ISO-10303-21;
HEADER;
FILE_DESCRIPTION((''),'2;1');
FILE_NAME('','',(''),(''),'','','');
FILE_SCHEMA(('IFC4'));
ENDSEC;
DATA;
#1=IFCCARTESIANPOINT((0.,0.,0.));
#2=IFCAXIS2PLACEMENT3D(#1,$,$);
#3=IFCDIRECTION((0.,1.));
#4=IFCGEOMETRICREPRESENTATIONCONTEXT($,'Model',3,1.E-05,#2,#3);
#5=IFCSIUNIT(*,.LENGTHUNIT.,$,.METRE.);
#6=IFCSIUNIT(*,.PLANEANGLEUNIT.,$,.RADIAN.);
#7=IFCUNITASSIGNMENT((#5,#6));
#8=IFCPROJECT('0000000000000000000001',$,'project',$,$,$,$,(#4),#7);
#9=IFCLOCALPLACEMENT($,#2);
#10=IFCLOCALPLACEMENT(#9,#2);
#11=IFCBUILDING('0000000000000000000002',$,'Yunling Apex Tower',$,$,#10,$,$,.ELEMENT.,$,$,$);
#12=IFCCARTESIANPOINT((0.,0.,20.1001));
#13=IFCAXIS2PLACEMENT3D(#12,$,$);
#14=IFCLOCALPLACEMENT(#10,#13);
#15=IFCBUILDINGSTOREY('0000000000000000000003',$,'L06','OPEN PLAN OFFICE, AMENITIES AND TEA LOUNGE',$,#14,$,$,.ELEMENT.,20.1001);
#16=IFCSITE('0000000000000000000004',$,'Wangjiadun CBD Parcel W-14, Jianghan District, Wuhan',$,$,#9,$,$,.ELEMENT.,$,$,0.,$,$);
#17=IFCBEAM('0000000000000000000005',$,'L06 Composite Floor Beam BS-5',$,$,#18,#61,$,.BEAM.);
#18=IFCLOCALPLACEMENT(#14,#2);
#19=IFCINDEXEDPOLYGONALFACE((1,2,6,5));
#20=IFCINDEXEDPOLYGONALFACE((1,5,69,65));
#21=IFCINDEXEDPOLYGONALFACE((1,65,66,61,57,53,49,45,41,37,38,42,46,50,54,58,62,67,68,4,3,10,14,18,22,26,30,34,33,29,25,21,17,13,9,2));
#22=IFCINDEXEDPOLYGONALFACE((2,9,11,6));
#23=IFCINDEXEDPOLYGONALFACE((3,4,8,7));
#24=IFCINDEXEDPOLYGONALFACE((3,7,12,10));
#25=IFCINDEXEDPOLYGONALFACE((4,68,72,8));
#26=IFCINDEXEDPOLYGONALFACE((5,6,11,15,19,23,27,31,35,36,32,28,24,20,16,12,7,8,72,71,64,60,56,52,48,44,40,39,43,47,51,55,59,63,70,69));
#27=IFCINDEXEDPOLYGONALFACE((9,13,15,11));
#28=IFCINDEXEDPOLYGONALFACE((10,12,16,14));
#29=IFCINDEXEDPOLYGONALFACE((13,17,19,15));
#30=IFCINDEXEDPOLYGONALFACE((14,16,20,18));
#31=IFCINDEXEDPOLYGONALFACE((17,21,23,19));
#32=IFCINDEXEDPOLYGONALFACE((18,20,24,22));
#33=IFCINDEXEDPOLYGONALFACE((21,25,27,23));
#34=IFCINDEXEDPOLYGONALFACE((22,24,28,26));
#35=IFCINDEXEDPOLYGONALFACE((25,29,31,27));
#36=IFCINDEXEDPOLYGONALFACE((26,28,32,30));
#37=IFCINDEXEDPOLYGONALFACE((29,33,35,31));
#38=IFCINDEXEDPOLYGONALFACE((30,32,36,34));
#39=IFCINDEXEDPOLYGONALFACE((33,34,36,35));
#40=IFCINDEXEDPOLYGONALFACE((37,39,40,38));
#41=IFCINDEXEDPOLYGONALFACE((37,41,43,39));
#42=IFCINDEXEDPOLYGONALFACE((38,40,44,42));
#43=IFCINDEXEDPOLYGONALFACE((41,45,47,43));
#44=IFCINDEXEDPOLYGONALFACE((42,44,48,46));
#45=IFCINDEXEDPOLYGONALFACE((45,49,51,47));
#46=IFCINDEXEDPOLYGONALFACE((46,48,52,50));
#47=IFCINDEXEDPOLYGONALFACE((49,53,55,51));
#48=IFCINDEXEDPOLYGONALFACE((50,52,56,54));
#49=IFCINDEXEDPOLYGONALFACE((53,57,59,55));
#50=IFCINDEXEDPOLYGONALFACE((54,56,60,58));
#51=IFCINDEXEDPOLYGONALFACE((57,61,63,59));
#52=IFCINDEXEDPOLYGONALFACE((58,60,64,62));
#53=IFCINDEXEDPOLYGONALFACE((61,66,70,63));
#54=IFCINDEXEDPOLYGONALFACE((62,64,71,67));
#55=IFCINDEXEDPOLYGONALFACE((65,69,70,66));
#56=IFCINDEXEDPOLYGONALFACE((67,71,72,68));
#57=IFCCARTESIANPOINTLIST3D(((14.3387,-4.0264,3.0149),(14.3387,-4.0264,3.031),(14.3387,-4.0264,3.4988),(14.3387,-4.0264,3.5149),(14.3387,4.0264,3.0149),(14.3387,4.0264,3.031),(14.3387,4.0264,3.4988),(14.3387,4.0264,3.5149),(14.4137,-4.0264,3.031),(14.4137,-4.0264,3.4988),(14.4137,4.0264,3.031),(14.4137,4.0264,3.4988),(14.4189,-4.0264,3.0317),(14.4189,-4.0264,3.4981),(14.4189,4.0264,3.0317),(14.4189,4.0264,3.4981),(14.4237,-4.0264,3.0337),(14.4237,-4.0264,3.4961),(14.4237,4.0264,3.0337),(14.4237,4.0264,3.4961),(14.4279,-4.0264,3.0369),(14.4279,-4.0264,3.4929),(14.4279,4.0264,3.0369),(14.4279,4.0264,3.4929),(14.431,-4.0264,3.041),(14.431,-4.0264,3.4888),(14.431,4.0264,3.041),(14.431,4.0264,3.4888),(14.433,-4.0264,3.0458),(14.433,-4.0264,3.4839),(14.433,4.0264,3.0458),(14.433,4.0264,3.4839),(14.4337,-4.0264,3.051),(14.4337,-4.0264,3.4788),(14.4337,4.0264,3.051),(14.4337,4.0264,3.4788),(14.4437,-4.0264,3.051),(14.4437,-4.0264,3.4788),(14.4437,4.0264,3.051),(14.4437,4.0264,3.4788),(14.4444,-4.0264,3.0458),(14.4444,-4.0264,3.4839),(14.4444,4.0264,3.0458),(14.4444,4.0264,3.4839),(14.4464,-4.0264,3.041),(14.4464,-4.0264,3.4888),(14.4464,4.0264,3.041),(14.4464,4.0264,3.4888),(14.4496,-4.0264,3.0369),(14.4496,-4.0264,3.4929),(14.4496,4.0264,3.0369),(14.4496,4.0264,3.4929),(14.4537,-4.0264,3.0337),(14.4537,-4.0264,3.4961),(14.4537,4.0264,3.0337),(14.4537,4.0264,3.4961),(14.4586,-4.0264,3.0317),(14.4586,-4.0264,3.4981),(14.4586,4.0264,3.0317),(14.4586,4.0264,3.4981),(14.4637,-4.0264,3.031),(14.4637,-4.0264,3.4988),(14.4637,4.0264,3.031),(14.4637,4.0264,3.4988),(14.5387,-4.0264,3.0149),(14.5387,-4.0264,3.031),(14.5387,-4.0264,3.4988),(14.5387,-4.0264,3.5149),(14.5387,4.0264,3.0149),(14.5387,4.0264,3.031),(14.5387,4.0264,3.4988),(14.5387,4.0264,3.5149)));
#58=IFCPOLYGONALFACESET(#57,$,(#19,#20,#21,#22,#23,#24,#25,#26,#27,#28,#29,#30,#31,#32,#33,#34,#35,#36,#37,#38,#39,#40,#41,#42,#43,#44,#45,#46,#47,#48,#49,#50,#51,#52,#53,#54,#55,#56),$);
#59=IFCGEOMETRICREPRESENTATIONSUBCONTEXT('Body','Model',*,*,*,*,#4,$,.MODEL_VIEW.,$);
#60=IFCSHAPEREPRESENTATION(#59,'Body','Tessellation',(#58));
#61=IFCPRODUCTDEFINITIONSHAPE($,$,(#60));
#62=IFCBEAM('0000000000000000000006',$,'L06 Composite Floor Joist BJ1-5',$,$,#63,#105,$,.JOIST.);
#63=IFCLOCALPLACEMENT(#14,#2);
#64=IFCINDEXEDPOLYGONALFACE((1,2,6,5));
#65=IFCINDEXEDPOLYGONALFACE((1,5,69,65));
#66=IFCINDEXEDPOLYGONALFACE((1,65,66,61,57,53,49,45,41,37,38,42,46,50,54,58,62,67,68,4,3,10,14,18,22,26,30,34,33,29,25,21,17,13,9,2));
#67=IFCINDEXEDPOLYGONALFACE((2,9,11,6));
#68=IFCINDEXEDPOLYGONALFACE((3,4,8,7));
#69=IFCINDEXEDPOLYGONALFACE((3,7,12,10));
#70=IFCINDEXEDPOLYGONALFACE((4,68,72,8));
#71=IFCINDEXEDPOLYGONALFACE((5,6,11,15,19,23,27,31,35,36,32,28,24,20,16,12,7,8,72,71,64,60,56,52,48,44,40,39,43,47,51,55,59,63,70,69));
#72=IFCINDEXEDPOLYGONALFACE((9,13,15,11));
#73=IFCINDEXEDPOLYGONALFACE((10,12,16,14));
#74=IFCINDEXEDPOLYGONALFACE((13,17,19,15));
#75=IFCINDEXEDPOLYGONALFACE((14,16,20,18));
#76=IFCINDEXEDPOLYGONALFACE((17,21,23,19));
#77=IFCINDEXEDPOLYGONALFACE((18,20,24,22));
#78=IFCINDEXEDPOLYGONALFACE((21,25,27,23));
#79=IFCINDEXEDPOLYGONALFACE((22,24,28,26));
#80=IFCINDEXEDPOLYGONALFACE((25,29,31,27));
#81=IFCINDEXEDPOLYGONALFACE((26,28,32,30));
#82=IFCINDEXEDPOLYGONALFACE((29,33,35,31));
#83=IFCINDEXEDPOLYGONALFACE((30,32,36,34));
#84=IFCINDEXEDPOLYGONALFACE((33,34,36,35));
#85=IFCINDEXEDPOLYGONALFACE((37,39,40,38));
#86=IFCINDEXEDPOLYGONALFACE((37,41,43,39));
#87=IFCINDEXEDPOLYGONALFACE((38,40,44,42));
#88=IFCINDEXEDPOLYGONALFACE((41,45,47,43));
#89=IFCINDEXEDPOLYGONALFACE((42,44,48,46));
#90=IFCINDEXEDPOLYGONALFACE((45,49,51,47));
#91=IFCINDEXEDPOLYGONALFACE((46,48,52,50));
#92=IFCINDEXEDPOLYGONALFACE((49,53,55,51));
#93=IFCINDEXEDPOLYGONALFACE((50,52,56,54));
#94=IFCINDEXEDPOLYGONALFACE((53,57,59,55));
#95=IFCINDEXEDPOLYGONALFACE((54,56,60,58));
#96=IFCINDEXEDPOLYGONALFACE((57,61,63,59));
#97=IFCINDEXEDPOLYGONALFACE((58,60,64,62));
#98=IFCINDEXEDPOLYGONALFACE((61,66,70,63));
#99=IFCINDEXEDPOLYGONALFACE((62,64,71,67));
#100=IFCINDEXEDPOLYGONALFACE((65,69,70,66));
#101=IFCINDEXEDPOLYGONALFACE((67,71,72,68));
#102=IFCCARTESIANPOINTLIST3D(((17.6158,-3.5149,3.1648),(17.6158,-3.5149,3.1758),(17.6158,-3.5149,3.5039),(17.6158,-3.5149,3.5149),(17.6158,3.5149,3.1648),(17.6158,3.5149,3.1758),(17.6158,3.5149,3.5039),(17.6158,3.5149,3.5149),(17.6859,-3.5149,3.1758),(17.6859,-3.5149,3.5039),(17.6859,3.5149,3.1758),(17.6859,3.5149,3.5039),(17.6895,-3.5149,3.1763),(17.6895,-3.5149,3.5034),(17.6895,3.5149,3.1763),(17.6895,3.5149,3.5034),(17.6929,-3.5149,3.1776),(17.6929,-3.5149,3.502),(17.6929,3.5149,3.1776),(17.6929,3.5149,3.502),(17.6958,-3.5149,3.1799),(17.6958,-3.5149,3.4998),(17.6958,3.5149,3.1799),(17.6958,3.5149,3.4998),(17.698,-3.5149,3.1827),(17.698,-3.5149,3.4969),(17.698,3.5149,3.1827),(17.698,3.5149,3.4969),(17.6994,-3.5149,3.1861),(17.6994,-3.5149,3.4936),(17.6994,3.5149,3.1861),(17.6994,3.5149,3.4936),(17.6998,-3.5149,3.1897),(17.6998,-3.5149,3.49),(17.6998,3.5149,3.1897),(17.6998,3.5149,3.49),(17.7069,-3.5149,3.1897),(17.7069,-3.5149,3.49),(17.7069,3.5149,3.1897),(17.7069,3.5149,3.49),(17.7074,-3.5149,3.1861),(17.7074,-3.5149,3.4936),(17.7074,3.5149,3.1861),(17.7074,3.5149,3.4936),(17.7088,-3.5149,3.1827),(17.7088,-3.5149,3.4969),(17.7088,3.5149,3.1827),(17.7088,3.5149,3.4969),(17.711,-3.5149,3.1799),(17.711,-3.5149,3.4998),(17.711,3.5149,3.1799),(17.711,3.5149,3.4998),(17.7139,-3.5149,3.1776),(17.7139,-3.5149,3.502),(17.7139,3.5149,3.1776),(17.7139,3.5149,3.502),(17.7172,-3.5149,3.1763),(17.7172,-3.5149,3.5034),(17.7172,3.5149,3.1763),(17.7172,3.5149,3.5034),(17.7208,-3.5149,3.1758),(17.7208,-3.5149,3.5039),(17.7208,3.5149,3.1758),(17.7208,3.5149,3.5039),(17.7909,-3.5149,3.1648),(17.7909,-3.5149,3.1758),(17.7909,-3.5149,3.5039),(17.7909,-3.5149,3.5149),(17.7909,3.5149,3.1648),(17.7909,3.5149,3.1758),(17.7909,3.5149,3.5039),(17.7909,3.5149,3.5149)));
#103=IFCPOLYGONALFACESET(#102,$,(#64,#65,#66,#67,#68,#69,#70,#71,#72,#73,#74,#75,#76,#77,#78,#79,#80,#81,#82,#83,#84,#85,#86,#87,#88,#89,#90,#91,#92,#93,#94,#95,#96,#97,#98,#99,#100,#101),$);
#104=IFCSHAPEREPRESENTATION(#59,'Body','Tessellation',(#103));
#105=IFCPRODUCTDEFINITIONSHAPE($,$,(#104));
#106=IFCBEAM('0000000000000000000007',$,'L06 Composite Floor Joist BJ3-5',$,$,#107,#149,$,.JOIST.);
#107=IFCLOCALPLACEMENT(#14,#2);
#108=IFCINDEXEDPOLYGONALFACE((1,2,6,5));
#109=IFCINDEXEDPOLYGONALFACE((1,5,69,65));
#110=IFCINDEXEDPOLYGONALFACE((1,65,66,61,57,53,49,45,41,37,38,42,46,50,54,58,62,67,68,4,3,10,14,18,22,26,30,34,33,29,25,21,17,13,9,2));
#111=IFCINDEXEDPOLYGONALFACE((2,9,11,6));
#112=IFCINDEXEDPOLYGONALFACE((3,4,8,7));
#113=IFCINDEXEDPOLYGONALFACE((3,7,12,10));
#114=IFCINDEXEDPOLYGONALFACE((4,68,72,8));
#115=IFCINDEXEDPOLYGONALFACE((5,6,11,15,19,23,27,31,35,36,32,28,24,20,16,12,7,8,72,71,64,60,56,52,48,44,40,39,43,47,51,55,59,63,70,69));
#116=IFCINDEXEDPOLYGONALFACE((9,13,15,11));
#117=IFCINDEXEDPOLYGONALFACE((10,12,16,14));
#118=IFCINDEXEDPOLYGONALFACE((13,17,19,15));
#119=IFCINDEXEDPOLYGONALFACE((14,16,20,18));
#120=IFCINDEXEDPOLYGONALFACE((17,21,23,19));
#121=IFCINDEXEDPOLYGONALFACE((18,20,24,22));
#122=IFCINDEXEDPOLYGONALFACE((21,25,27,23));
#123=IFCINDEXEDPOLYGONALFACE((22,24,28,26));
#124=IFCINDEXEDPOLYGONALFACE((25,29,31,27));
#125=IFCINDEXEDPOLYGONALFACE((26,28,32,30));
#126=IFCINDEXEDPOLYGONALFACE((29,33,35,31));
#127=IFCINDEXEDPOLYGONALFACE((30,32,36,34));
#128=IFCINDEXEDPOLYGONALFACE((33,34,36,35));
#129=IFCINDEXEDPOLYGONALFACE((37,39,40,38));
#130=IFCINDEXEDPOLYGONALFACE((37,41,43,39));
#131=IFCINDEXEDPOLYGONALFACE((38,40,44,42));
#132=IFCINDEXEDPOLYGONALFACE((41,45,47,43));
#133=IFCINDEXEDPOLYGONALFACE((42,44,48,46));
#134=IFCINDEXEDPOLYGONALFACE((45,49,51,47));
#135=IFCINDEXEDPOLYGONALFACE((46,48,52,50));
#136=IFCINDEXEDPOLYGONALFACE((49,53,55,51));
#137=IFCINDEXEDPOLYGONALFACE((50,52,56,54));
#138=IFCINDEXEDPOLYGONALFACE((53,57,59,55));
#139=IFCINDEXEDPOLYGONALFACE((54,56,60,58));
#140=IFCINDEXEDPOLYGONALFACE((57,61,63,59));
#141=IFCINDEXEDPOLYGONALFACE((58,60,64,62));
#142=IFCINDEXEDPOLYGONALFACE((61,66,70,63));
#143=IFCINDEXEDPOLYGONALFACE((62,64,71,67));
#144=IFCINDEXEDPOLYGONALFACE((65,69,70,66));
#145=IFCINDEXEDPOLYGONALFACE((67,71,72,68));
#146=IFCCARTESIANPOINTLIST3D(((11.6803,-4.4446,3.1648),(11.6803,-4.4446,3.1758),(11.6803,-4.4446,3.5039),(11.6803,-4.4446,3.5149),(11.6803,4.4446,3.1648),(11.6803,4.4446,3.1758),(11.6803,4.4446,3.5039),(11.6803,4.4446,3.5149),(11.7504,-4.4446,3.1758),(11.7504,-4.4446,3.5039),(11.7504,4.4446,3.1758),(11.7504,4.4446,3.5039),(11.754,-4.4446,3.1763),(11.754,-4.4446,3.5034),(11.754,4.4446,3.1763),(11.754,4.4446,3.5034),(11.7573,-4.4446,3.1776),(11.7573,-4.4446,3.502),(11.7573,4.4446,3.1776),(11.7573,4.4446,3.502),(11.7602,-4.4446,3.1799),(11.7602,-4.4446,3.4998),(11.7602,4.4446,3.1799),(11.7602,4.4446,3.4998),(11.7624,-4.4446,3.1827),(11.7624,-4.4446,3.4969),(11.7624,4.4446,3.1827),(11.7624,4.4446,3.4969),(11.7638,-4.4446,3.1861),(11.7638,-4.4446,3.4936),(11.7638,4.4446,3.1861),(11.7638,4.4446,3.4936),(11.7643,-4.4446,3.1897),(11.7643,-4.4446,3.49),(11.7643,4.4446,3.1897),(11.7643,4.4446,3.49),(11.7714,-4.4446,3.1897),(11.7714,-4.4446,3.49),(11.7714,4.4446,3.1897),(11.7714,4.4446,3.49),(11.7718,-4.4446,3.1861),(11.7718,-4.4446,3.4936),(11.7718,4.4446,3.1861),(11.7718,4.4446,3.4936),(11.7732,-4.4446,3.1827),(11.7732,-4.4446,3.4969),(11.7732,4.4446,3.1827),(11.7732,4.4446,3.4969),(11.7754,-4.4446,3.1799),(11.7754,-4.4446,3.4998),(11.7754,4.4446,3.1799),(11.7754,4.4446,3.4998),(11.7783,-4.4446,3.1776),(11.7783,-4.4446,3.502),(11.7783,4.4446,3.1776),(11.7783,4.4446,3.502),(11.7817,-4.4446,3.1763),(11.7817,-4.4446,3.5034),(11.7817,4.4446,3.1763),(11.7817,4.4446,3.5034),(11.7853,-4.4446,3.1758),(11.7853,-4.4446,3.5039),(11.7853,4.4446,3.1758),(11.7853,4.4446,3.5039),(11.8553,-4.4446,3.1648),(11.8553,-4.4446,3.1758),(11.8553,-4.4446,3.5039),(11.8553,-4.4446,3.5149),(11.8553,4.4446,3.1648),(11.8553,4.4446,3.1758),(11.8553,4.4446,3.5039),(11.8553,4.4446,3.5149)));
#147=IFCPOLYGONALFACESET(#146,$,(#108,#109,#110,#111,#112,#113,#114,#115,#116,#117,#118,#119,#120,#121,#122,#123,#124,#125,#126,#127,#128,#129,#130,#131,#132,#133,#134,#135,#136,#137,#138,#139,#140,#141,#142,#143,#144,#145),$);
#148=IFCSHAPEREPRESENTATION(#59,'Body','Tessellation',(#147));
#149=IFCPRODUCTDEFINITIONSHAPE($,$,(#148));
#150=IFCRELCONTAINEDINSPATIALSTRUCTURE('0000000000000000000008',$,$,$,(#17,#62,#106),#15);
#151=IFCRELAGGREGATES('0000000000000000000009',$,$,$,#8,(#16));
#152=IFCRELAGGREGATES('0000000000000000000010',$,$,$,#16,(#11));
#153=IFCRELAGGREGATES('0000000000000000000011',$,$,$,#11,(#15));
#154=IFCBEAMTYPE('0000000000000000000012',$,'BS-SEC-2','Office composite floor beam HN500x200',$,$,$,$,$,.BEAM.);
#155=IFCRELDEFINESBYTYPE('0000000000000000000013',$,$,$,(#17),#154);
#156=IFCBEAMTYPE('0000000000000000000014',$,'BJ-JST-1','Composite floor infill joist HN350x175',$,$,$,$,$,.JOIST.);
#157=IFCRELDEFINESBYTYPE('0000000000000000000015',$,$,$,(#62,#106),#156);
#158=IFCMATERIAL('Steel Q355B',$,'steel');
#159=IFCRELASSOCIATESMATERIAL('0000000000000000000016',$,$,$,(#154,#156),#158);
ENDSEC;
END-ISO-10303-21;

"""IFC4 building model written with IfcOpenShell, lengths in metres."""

from ifc_helpers import new_model, si_unit, direction, frame, origin, origin_2d, place, context, subcontext, project, spatial, i_section, extrude, source, transform, mapped, material, material_profile, profile_set, type_object, element, save


model = new_model("IFC4")

# Units and contexts
model_context = context("Model", 3, precision=1e-05, world=origin(), true_north=direction((0.0, 1.0)))
body_context = subcontext(model_context, "Body", "Model", "MODEL_VIEW")
ifc_project = project(units=[si_unit("LENGTHUNIT", "METRE"), si_unit("PLANEANGLEUNIT", "RADIAN")], contexts=[model_context])

# Site, building, storey
site_placement = place(None, origin())
site = spatial("IfcSite", under=ifc_project, at=site_placement, Name="Wangjiadun CBD Parcel W-14, Jianghan District, Wuhan", CompositionType="ELEMENT", RefElevation=0.0)
building_placement = place(site_placement, origin())
building = spatial("IfcBuilding", under=site, at=building_placement, Name="Yunling Apex Tower", CompositionType="ELEMENT")
storey_placement = place(building_placement, frame((0.0, 0.0, 20.1001)))
storey = spatial("IfcBuildingStorey", under=building, at=storey_placement, Name="L06", Description="OPEN PLAN OFFICE, AMENITIES AND TEA LOUNGE", CompositionType="ELEMENT", Elevation=20.1001)

# Beams
ifc_material_1 = material(Name="Steel Q355B", Category="steel")
ifc_material_profile_1 = material_profile(ifc_material_1, i_section(OverallWidth=0.2, OverallDepth=0.5, WebThickness=0.01, FlangeThickness=0.0161, FilletRadius=0.02, at=origin_2d()))
ifc_profile_set_1 = profile_set([ifc_material_profile_1], Name="Steel Q355B")
beam_type_1 = type_object("IfcBeamType", Name="BS-SEC-2", Description="Office composite floor beam HN500x200", PredefinedType="BEAM", material=ifc_profile_set_1)
shared_shape_1 = source(origin(), body_context, "Body", "SweptSolid", [
    extrude(i_section(OverallWidth=0.2, OverallDepth=0.5, WebThickness=0.01, FlangeThickness=0.0161, FilletRadius=0.02, at=origin_2d()), origin(), (0.0, 0.0, 1.0), 8.0527),
])
beam_1_placement = place(storey_placement, frame((14.4387, -4.0264, 3.2649), z_axis=(0.0, 1.0, 0.0), x_axis=(-1.0, 0.0, 0.0)))
element("IfcBeam", 1, at=beam_1_placement, inside=storey, type_object=beam_type_1, Name="L06 Composite Floor Beam BS-5", PredefinedType="BEAM", context=body_context, shape_type="MappedRepresentation", body=[
    mapped(shared_shape_1, transform((0.0, 0.0, 0.0), scale=1.0)),
])
ifc_material_profile_2 = material_profile(ifc_material_1, i_section(OverallWidth=0.175, OverallDepth=0.3501, WebThickness=0.0071, FlangeThickness=0.011, FilletRadius=0.0139, at=origin_2d()))
ifc_profile_set_2 = profile_set([ifc_material_profile_2], Name="Steel Q355B")
beam_type_2 = type_object("IfcBeamType", Name="BJ-JST-1", Description="Composite floor infill joist HN350x175", PredefinedType="JOIST", material=ifc_profile_set_2)
shared_shape_2 = source(origin(), body_context, "Body", "SweptSolid", [
    extrude(i_section(OverallWidth=0.175, OverallDepth=0.3501, WebThickness=0.0071, FlangeThickness=0.011, FilletRadius=0.0139, at=origin_2d()), origin(), (0.0, 0.0, 1.0), 7.0298),
])
beam_2_placement = place(storey_placement, frame((17.7034, -3.5149, 3.3398), z_axis=(0.0, 1.0, 0.0), x_axis=(-1.0, 0.0, 0.0)))
element("IfcBeam", 2, at=beam_2_placement, inside=storey, type_object=beam_type_2, Name="L06 Composite Floor Joist BJ1-5", PredefinedType="JOIST", context=body_context, shape_type="MappedRepresentation", body=[
    mapped(shared_shape_2, transform((0.0, 0.0, 0.0), scale=1.0)),
])
shared_shape_3 = source(origin(), body_context, "Body", "SweptSolid", [
    extrude(i_section(OverallWidth=0.175, OverallDepth=0.3501, WebThickness=0.0071, FlangeThickness=0.011, FilletRadius=0.0139, at=origin_2d()), origin(), (0.0, 0.0, 1.0), 8.8892),
])
beam_3_placement = place(storey_placement, frame((11.7678, -4.4446, 3.3398), z_axis=(0.0, 1.0, 0.0), x_axis=(-1.0, 0.0, 0.0)))
element("IfcBeam", 3, at=beam_3_placement, inside=storey, type_object=beam_type_2, Name="L06 Composite Floor Joist BJ3-5", PredefinedType="JOIST", context=body_context, shape_type="MappedRepresentation", body=[
    mapped(shared_shape_3, transform((0.0, 0.0, 0.0), scale=1.0)),
])

save(model, "model.ifc")
